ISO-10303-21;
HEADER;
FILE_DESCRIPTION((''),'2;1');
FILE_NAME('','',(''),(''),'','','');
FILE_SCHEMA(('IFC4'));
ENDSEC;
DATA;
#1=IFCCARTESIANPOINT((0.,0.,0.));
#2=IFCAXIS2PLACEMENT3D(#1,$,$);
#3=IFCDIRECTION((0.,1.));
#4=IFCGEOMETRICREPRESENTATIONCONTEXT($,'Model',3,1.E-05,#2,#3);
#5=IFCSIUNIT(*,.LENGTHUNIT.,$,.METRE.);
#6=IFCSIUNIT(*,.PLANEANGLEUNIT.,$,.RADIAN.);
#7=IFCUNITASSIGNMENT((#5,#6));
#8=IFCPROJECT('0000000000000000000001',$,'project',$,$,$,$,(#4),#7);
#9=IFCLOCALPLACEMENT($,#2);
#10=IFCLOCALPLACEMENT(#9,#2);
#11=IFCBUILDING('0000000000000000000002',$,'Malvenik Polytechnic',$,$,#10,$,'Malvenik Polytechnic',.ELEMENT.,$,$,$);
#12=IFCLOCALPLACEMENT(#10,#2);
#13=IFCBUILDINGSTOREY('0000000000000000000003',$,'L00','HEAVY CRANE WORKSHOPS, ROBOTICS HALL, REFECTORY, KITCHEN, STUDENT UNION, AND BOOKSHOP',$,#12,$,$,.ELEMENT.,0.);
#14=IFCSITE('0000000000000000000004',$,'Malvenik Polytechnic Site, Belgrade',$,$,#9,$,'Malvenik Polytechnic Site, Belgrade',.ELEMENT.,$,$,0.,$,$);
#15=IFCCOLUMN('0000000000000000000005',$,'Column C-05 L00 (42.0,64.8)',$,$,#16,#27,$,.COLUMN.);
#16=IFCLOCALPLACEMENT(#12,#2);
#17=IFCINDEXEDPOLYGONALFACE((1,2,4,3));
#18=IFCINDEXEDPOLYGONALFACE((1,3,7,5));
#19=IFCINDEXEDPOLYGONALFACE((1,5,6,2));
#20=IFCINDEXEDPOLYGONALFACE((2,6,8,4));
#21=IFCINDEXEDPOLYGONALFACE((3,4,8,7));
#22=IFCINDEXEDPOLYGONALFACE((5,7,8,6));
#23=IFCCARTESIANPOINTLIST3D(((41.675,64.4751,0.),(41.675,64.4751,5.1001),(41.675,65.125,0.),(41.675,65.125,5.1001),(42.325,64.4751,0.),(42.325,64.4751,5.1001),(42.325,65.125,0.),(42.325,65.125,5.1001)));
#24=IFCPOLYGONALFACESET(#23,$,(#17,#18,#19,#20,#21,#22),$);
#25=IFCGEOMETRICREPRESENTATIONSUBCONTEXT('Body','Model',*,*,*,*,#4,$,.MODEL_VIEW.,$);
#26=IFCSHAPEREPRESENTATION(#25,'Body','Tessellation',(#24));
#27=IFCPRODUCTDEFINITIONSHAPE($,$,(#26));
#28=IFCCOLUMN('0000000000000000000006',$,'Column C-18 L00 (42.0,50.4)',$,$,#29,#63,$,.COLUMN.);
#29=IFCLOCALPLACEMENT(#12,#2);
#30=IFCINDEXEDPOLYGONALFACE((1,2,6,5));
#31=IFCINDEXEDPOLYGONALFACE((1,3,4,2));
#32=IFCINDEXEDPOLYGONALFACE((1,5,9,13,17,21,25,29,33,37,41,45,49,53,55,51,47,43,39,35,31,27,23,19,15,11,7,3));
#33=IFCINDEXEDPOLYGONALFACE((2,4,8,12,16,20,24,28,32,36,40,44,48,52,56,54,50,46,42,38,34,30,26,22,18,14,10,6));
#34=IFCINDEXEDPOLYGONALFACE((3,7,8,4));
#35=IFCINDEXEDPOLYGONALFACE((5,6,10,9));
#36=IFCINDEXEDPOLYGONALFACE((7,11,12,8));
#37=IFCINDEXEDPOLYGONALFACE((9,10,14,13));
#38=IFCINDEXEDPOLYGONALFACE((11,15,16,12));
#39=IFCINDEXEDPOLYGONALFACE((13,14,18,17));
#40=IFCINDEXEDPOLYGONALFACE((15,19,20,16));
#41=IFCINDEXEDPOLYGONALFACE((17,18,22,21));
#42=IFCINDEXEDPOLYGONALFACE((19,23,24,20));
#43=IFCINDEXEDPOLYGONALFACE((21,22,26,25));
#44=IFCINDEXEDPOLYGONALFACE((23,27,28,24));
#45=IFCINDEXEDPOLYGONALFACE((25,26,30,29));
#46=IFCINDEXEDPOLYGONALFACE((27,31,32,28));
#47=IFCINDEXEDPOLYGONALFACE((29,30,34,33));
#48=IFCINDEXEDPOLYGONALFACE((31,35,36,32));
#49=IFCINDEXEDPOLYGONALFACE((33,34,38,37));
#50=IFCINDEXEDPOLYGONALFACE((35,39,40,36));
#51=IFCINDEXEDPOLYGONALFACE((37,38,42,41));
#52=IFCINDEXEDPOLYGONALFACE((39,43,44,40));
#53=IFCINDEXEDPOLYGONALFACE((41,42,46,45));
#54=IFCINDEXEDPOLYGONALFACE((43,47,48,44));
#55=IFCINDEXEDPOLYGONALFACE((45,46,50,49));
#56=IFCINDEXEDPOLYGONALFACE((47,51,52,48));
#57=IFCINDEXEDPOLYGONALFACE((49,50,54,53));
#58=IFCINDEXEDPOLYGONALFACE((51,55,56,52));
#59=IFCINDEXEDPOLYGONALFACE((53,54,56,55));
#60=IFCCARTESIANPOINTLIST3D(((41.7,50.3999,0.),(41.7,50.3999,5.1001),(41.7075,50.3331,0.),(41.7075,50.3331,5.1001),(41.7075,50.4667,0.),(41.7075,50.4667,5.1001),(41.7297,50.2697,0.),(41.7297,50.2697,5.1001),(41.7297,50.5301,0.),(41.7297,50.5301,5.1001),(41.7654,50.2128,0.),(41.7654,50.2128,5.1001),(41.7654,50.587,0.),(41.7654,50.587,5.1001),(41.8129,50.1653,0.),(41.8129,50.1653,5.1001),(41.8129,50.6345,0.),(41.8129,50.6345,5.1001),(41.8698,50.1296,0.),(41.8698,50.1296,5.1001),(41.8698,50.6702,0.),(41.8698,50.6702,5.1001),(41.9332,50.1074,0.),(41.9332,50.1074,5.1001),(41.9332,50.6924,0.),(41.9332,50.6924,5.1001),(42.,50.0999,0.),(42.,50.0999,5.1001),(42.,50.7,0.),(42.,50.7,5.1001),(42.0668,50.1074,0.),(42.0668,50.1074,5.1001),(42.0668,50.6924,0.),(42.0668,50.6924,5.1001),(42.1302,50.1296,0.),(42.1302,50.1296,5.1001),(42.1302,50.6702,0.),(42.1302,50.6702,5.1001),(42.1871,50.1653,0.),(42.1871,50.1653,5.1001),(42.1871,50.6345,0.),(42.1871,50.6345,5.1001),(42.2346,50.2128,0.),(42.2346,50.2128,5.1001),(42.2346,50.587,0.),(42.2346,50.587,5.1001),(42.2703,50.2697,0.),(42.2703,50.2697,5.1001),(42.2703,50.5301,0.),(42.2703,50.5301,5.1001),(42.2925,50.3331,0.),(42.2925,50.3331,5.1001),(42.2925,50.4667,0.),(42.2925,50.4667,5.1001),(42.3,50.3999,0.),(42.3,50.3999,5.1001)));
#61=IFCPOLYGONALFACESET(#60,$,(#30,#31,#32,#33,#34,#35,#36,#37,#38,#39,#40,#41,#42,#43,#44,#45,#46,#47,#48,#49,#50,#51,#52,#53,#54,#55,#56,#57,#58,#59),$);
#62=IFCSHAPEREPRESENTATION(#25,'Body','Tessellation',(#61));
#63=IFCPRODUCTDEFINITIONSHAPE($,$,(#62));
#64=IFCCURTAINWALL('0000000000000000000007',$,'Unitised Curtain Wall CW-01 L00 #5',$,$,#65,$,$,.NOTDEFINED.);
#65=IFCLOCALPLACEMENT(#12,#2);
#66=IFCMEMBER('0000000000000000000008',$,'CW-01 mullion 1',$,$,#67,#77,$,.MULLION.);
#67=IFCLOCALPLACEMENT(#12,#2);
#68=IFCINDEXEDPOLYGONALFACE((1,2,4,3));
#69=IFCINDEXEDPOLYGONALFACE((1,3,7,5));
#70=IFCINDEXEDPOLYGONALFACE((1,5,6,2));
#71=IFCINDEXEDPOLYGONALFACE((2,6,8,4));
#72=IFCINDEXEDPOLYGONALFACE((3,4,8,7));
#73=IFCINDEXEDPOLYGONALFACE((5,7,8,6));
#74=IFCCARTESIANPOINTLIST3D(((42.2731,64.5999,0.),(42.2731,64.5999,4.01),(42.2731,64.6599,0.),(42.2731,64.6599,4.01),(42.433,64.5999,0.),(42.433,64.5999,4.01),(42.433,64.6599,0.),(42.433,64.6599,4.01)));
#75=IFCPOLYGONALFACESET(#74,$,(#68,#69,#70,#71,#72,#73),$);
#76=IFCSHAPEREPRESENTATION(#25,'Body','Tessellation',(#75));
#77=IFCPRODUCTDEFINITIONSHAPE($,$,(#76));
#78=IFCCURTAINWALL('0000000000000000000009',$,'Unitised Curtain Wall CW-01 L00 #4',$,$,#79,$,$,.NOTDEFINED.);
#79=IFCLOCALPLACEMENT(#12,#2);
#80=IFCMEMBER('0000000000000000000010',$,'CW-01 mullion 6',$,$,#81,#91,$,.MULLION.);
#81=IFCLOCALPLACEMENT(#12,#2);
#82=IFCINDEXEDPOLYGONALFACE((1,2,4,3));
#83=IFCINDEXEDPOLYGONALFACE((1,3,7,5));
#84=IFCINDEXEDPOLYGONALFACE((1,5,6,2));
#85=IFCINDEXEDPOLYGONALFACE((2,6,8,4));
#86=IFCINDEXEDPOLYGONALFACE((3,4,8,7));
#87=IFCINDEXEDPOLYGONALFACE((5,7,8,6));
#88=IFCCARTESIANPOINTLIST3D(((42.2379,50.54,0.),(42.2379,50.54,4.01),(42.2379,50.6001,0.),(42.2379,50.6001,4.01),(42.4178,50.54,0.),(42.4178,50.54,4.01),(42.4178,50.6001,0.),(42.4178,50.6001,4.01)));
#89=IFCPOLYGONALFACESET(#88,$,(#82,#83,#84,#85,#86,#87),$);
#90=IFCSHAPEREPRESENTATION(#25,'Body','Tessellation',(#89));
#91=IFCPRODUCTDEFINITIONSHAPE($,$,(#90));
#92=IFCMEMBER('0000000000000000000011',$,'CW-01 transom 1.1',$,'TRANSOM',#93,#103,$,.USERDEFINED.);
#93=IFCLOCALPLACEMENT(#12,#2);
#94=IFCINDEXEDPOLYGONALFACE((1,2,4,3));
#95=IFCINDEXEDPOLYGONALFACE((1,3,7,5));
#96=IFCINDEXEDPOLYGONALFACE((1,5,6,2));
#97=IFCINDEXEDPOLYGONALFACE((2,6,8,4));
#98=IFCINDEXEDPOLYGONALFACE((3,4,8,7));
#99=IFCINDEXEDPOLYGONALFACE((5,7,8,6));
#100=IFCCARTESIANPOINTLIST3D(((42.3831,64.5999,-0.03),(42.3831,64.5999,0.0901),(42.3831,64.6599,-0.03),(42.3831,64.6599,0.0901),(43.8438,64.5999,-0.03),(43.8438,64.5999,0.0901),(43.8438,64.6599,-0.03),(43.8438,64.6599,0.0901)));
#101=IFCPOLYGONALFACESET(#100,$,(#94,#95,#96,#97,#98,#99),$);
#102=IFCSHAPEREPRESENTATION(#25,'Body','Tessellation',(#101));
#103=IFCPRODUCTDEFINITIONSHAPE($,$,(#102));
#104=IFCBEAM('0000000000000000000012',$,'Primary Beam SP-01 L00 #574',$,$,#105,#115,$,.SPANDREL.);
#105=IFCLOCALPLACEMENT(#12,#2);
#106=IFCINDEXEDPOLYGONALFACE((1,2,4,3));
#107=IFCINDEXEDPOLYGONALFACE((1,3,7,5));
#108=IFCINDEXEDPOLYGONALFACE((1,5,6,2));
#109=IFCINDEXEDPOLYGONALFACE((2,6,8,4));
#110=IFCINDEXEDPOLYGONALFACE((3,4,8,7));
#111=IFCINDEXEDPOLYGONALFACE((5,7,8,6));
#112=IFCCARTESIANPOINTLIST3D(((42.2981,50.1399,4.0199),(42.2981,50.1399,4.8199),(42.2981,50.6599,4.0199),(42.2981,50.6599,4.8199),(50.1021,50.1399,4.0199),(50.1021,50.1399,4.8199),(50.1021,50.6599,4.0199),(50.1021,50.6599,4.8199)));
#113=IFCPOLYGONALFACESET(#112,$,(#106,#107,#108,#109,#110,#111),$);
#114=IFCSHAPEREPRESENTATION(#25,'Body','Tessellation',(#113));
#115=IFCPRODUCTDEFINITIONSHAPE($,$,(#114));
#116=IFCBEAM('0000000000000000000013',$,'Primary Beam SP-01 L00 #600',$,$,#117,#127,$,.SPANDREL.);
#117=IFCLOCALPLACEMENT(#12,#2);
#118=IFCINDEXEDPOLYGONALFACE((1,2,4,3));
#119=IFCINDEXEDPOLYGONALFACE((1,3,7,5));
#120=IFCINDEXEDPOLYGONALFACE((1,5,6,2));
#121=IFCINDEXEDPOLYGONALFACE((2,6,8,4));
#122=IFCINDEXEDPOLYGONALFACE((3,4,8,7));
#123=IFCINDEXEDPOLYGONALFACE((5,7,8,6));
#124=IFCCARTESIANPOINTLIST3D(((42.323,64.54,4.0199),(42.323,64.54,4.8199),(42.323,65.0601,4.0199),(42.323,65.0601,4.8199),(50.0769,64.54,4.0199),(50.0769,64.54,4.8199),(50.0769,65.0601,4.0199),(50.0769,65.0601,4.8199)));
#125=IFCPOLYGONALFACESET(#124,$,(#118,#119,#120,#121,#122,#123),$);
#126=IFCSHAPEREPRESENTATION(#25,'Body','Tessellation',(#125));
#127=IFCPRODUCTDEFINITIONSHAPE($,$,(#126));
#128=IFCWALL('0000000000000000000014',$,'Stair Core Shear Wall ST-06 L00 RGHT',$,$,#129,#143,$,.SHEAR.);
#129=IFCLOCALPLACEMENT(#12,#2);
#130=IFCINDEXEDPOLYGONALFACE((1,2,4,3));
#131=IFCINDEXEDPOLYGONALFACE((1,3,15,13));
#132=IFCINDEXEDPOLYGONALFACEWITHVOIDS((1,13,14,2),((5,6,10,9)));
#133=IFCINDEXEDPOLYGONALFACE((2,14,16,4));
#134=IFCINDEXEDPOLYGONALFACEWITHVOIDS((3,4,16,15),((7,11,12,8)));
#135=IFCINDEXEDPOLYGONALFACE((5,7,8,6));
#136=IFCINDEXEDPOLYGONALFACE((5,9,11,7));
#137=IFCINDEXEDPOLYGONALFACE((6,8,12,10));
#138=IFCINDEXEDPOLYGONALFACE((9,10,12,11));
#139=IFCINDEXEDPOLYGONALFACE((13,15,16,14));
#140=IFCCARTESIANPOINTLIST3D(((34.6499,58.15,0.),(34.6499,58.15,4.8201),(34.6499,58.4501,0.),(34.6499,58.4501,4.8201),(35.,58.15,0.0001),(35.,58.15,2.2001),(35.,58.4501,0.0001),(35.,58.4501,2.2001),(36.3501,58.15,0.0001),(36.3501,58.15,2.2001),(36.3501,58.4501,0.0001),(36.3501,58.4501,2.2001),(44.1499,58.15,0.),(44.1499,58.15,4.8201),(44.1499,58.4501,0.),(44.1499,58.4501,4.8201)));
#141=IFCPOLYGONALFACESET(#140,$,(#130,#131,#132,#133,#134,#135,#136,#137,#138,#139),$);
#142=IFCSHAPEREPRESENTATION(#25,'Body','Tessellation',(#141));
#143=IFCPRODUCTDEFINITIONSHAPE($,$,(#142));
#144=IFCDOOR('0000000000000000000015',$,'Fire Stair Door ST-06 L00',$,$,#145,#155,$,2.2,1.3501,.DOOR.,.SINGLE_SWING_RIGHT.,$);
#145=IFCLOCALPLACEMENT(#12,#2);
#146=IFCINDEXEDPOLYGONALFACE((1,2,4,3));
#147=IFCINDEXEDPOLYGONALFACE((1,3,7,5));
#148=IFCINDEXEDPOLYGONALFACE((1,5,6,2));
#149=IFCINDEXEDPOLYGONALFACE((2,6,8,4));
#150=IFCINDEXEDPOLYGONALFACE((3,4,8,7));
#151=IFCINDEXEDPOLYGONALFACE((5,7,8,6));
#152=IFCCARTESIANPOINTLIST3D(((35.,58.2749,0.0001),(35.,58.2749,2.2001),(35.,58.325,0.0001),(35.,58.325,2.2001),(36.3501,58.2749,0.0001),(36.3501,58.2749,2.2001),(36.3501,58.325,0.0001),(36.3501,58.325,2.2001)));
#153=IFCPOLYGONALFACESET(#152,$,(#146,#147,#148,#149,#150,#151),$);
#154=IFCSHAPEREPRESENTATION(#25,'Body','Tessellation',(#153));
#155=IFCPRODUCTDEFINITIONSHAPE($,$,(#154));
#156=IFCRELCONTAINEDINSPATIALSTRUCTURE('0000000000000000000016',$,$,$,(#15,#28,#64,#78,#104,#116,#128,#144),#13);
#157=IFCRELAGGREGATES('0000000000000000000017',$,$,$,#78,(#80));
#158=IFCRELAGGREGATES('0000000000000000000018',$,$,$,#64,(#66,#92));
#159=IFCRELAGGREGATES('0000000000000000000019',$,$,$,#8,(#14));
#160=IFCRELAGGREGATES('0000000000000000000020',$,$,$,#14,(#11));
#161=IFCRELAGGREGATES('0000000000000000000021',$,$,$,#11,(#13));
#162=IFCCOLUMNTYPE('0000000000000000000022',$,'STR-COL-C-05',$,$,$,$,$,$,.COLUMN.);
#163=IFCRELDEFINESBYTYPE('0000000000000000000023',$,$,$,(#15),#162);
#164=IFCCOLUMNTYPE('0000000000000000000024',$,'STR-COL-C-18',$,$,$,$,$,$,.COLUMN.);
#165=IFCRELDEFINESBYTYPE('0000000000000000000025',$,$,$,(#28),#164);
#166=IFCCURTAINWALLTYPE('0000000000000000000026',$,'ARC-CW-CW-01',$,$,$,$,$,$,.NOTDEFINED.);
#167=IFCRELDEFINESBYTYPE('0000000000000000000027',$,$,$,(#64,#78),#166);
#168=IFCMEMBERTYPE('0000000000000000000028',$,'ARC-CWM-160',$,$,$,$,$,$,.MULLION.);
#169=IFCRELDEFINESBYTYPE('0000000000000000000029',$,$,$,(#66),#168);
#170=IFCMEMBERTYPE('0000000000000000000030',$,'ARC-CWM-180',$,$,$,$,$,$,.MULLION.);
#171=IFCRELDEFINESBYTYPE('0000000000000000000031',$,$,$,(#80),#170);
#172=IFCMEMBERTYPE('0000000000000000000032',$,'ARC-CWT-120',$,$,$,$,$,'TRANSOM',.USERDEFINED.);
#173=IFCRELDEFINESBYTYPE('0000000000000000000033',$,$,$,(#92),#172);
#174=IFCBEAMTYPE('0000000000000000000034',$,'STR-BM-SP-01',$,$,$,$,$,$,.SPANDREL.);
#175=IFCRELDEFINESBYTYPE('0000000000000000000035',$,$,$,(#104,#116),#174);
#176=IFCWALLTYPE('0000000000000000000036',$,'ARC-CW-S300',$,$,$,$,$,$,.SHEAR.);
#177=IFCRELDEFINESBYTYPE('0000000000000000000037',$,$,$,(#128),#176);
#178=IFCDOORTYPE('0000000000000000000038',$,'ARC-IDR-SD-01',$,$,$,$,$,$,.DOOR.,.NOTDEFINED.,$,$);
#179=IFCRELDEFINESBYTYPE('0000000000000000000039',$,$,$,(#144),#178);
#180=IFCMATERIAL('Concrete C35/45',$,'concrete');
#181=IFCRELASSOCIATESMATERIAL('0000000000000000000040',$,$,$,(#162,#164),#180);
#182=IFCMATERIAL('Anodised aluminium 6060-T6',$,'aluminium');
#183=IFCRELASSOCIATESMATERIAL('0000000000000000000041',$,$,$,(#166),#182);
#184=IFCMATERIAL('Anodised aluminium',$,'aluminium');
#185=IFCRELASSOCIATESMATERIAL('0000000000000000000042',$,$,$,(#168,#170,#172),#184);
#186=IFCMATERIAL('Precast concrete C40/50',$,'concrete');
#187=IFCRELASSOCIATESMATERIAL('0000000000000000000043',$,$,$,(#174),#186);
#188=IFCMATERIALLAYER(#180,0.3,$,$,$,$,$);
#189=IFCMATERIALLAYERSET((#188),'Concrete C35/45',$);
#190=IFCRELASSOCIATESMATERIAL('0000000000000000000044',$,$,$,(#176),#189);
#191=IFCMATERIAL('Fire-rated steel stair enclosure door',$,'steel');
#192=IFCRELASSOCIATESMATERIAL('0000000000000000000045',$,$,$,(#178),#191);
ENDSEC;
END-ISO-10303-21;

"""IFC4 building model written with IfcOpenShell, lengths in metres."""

from ifc_helpers import new_model, si_unit, direction, frame, frame_2d, origin, origin_2d, place, context, subcontext, project, spatial, rectangle, circle, extrude, material, layer, layer_set, material_profile, profile_set, type_object, element, fill, aggregate, save


model = new_model("IFC4")

# Units and contexts
model_context = context("Model", 3, precision=1e-05, world=origin(), true_north=direction((0.0, 1.0)))
body_context = subcontext(model_context, "Body", "Model", "MODEL_VIEW")
ifc_project = project(units=[si_unit("LENGTHUNIT", "METRE"), si_unit("PLANEANGLEUNIT", "RADIAN")], contexts=[model_context])

# Site, building, storey
site_placement = place(None, origin())
site = spatial("IfcSite", under=ifc_project, at=site_placement, Name="Malvenik Polytechnic Site, Belgrade", LongName="Malvenik Polytechnic Site, Belgrade", CompositionType="ELEMENT", RefElevation=0.0)
building_placement = place(site_placement, origin())
building = spatial("IfcBuilding", under=site, at=building_placement, Name="Malvenik Polytechnic", LongName="Malvenik Polytechnic", CompositionType="ELEMENT")
storey_placement = place(building_placement, origin())
storey = spatial("IfcBuildingStorey", under=building, at=storey_placement, Name="L00", Description="HEAVY CRANE WORKSHOPS, ROBOTICS HALL, REFECTORY, KITCHEN, STUDENT UNION, AND BOOKSHOP", CompositionType="ELEMENT", Elevation=0.0)

# Columns
ifc_material_1 = material(Name="Concrete C35/45", Category="concrete")
ifc_material_profile_1 = material_profile(ifc_material_1, rectangle(XDim=0.6499, YDim=0.6499, at=origin_2d()), Name="RC COL 650x650")
ifc_profile_set_1 = profile_set([ifc_material_profile_1], Name="Concrete C35/45")
column_type_1 = type_object("IfcColumnType", Name="STR-COL-C-05", PredefinedType="COLUMN", material=ifc_profile_set_1)
column_1_placement = place(storey_placement, frame((42.0, 64.8, 0.0), z_axis=(0.0, 0.0, 1.0), x_axis=(1.0, 0.0, 0.0)))
element("IfcColumn", 1, at=column_1_placement, inside=storey, type_object=column_type_1, Name="Column C-05 L00 (42.0,64.8)", PredefinedType="COLUMN", context=body_context, shape_type="SweptSolid", body=[
    extrude(rectangle(XDim=0.6499, YDim=0.6499, at=origin_2d()), origin(), (0.0, 0.0, 1.0), 5.1001),
])
ifc_material_profile_2 = material_profile(ifc_material_1, circle(Radius=0.3, at=origin_2d()), Name="RC COL D600")
ifc_profile_set_2 = profile_set([ifc_material_profile_2], Name="Concrete C35/45")
column_type_2 = type_object("IfcColumnType", Name="STR-COL-C-18", PredefinedType="COLUMN", material=ifc_profile_set_2)
column_2_placement = place(storey_placement, frame((42.0, 50.3999, 0.0), z_axis=(0.0, 0.0, 1.0), x_axis=(1.0, 0.0, 0.0)))
element("IfcColumn", 2, at=column_2_placement, inside=storey, type_object=column_type_2, Name="Column C-18 L00 (42.0,50.4)", PredefinedType="COLUMN", context=body_context, shape_type="SweptSolid", body=[
    extrude(circle(Radius=0.3, at=origin_2d()), origin(), (0.0, 0.0, 1.0), 5.1001),
])

# Curtain walls, members
ifc_material_2 = material(Name="Anodised aluminium 6060-T6", Category="aluminium")
curtain_wall_type = type_object("IfcCurtainWallType", Name="ARC-CW-CW-01", PredefinedType="NOTDEFINED", material=ifc_material_2)
curtain_wall_1_placement = place(storey_placement, origin())
curtain_wall_1 = element("IfcCurtainWall", 3, at=curtain_wall_1_placement, inside=storey, type_object=curtain_wall_type, Name="Unitised Curtain Wall CW-01 L00 #5", PredefinedType="NOTDEFINED")
ifc_material_3 = material(Name="Anodised aluminium", Category="aluminium")
ifc_material_profile_3 = material_profile(ifc_material_3, rectangle(XDim=0.0601, YDim=0.1599, at=origin_2d()), Name="ALU MULLION 60x160")
ifc_profile_set_3 = profile_set([ifc_material_profile_3], Name="Anodised aluminium")
member_type_1 = type_object("IfcMemberType", Name="ARC-CWM-160", PredefinedType="MULLION", material=ifc_profile_set_3)
member_1_placement = place(storey_placement, frame((42.353, 64.6299, 0.0), z_axis=(0.0, 0.0, 1.0), x_axis=(0.0, 1.0, 0.0)))
member_1 = element("IfcMember", 4, at=member_1_placement, type_object=member_type_1, Name="CW-01 mullion 1", PredefinedType="MULLION", context=body_context, shape_type="SweptSolid", body=[
    extrude(rectangle(XDim=0.0601, YDim=0.1599, at=origin_2d()), origin(), (0.0, 0.0, 1.0), 4.01),
])
curtain_wall_2_placement = place(storey_placement, origin())
curtain_wall_2 = element("IfcCurtainWall", 5, at=curtain_wall_2_placement, inside=storey, type_object=curtain_wall_type, Name="Unitised Curtain Wall CW-01 L00 #4", PredefinedType="NOTDEFINED")
ifc_material_profile_4 = material_profile(ifc_material_3, rectangle(XDim=0.0601, YDim=0.1799, at=origin_2d()), Name="ALU MULLION 60x180")
ifc_profile_set_4 = profile_set([ifc_material_profile_4], Name="Anodised aluminium")
member_type_2 = type_object("IfcMemberType", Name="ARC-CWM-180", PredefinedType="MULLION", material=ifc_profile_set_4)
member_2_placement = place(storey_placement, frame((42.3279, 50.5701, 0.0), z_axis=(0.0, 0.0, 1.0), x_axis=(0.0, -1.0, 0.0)))
member_2 = element("IfcMember", 6, at=member_2_placement, type_object=member_type_2, Name="CW-01 mullion 6", PredefinedType="MULLION", context=body_context, shape_type="SweptSolid", body=[
    extrude(rectangle(XDim=0.0601, YDim=0.1799, at=origin_2d()), origin(), (0.0, 0.0, 1.0), 4.01),
])
aggregate(curtain_wall_2, [member_2])

# Member
ifc_material_profile_5 = material_profile(ifc_material_3, rectangle(XDim=0.0601, YDim=0.1201, at=origin_2d()), Name="ALU TRANSOM 60x120")
ifc_profile_set_5 = profile_set([ifc_material_profile_5], Name="Anodised aluminium")
member_type_3 = type_object("IfcMemberType", Name="ARC-CWT-120", ElementType="TRANSOM", PredefinedType="USERDEFINED", material=ifc_profile_set_5)
member_3_placement = place(storey_placement, frame((42.3831, 64.6299, 0.03), z_axis=(1.0, 0.0, 0.0), x_axis=(0.0, 1.0, 0.0)))
member_3 = element("IfcMember", 7, at=member_3_placement, type_object=member_type_3, Name="CW-01 transom 1.1", ObjectType="TRANSOM", PredefinedType="USERDEFINED", context=body_context, shape_type="SweptSolid", body=[
    extrude(rectangle(XDim=0.0601, YDim=0.1201, at=origin_2d()), origin(), (0.0, 0.0, 1.0), 1.4607),
])
aggregate(curtain_wall_1, [member_1, member_3])

# Beams
ifc_material_4 = material(Name="Precast concrete C40/50", Category="concrete")
ifc_material_profile_6 = material_profile(ifc_material_4, rectangle(XDim=0.52, YDim=0.8, at=origin_2d()), Name="PC SPN 520x800")
ifc_profile_set_6 = profile_set([ifc_material_profile_6], Name="Precast concrete C40/50")
beam_type = type_object("IfcBeamType", Name="STR-BM-SP-01", PredefinedType="SPANDREL", material=ifc_profile_set_6)
beam_1_placement = place(storey_placement, frame((42.2981, 50.3999, 4.4199), z_axis=(1.0, 0.0, 0.0), x_axis=(0.0, 1.0, 0.0)))
element("IfcBeam", 8, at=beam_1_placement, inside=storey, type_object=beam_type, Name="Primary Beam SP-01 L00 #574", PredefinedType="SPANDREL", context=body_context, shape_type="SweptSolid", body=[
    extrude(rectangle(XDim=0.52, YDim=0.8, at=origin_2d()), origin(), (0.0, 0.0, 1.0), 7.804),
])
beam_2_placement = place(storey_placement, frame((42.323, 64.8, 4.4199), z_axis=(1.0, 0.0, 0.0), x_axis=(0.0, 1.0, 0.0)))
element("IfcBeam", 9, at=beam_2_placement, inside=storey, type_object=beam_type, Name="Primary Beam SP-01 L00 #600", PredefinedType="SPANDREL", context=body_context, shape_type="SweptSolid", body=[
    extrude(rectangle(XDim=0.52, YDim=0.8, at=origin_2d()), origin(), (0.0, 0.0, 1.0), 7.7539),
])

# Wall, opening, door
ifc_layer_1 = layer(ifc_material_1, 0.3)
ifc_layer_set_1 = layer_set([ifc_layer_1], Name="Concrete C35/45")
wall_type_1 = type_object("IfcWallType", Name="ARC-CW-S300", PredefinedType="SHEAR", material=ifc_layer_set_1)
wall_1_placement = place(storey_placement, frame((34.6499, 58.3, 0.0), z_axis=(0.0, 0.0, 1.0), x_axis=(1.0, 0.0, 0.0)))
wall_1 = element("IfcWall", 10, at=wall_1_placement, inside=storey, type_object=wall_type_1, Name="Stair Core Shear Wall ST-06 L00 RGHT", PredefinedType="SHEAR", context=body_context, shape_type="SweptSolid", body=[
    extrude(rectangle(XDim=9.5, YDim=0.3, at=frame_2d((4.75, 0.0))), origin(), (0.0, 0.0, 1.0), 4.8201),
])
opening_1_placement = place(wall_1_placement, frame((0.3501, 0.0, 0.0)))
opening_1 = element("IfcOpeningElement", 11, at=opening_1_placement, cuts=wall_1, PredefinedType="OPENING", context=body_context, shape_type="SweptSolid", body=[
    extrude(rectangle(XDim=1.3501, YDim=2.2, at=frame_2d((0.675, 1.1001))), frame((0.0, 0.1602, 0.0), z_axis=(0.0, -1.0, 0.0), x_axis=(1.0, 0.0, 0.0)), (0.0, 0.0, 1.0), 0.3201),
])
ifc_material_5 = material(Name="Fire-rated steel stair enclosure door", Category="steel")
door_type_1 = type_object("IfcDoorType", Name="ARC-IDR-SD-01", OperationType="NOTDEFINED", PredefinedType="DOOR", material=ifc_material_5)
door_1_placement = place(opening_1_placement, origin())
door_1 = element("IfcDoor", 12, at=door_1_placement, inside=storey, type_object=door_type_1, Name="Fire Stair Door ST-06 L00", OperationType="SINGLE_SWING_RIGHT", OverallHeight=2.2, OverallWidth=1.3501, PredefinedType="DOOR", context=body_context, shape_type="SweptSolid", body=[
    extrude(rectangle(XDim=1.3501, YDim=2.2, at=frame_2d((0.675, 1.1001))), frame((0.0, 0.0249, 0.0), z_axis=(0.0, -1.0, 0.0), x_axis=(1.0, 0.0, 0.0)), (0.0, 0.0, 1.0), 0.05),
])
fill(opening_1, door_1)

save(model, "model.ifc")
